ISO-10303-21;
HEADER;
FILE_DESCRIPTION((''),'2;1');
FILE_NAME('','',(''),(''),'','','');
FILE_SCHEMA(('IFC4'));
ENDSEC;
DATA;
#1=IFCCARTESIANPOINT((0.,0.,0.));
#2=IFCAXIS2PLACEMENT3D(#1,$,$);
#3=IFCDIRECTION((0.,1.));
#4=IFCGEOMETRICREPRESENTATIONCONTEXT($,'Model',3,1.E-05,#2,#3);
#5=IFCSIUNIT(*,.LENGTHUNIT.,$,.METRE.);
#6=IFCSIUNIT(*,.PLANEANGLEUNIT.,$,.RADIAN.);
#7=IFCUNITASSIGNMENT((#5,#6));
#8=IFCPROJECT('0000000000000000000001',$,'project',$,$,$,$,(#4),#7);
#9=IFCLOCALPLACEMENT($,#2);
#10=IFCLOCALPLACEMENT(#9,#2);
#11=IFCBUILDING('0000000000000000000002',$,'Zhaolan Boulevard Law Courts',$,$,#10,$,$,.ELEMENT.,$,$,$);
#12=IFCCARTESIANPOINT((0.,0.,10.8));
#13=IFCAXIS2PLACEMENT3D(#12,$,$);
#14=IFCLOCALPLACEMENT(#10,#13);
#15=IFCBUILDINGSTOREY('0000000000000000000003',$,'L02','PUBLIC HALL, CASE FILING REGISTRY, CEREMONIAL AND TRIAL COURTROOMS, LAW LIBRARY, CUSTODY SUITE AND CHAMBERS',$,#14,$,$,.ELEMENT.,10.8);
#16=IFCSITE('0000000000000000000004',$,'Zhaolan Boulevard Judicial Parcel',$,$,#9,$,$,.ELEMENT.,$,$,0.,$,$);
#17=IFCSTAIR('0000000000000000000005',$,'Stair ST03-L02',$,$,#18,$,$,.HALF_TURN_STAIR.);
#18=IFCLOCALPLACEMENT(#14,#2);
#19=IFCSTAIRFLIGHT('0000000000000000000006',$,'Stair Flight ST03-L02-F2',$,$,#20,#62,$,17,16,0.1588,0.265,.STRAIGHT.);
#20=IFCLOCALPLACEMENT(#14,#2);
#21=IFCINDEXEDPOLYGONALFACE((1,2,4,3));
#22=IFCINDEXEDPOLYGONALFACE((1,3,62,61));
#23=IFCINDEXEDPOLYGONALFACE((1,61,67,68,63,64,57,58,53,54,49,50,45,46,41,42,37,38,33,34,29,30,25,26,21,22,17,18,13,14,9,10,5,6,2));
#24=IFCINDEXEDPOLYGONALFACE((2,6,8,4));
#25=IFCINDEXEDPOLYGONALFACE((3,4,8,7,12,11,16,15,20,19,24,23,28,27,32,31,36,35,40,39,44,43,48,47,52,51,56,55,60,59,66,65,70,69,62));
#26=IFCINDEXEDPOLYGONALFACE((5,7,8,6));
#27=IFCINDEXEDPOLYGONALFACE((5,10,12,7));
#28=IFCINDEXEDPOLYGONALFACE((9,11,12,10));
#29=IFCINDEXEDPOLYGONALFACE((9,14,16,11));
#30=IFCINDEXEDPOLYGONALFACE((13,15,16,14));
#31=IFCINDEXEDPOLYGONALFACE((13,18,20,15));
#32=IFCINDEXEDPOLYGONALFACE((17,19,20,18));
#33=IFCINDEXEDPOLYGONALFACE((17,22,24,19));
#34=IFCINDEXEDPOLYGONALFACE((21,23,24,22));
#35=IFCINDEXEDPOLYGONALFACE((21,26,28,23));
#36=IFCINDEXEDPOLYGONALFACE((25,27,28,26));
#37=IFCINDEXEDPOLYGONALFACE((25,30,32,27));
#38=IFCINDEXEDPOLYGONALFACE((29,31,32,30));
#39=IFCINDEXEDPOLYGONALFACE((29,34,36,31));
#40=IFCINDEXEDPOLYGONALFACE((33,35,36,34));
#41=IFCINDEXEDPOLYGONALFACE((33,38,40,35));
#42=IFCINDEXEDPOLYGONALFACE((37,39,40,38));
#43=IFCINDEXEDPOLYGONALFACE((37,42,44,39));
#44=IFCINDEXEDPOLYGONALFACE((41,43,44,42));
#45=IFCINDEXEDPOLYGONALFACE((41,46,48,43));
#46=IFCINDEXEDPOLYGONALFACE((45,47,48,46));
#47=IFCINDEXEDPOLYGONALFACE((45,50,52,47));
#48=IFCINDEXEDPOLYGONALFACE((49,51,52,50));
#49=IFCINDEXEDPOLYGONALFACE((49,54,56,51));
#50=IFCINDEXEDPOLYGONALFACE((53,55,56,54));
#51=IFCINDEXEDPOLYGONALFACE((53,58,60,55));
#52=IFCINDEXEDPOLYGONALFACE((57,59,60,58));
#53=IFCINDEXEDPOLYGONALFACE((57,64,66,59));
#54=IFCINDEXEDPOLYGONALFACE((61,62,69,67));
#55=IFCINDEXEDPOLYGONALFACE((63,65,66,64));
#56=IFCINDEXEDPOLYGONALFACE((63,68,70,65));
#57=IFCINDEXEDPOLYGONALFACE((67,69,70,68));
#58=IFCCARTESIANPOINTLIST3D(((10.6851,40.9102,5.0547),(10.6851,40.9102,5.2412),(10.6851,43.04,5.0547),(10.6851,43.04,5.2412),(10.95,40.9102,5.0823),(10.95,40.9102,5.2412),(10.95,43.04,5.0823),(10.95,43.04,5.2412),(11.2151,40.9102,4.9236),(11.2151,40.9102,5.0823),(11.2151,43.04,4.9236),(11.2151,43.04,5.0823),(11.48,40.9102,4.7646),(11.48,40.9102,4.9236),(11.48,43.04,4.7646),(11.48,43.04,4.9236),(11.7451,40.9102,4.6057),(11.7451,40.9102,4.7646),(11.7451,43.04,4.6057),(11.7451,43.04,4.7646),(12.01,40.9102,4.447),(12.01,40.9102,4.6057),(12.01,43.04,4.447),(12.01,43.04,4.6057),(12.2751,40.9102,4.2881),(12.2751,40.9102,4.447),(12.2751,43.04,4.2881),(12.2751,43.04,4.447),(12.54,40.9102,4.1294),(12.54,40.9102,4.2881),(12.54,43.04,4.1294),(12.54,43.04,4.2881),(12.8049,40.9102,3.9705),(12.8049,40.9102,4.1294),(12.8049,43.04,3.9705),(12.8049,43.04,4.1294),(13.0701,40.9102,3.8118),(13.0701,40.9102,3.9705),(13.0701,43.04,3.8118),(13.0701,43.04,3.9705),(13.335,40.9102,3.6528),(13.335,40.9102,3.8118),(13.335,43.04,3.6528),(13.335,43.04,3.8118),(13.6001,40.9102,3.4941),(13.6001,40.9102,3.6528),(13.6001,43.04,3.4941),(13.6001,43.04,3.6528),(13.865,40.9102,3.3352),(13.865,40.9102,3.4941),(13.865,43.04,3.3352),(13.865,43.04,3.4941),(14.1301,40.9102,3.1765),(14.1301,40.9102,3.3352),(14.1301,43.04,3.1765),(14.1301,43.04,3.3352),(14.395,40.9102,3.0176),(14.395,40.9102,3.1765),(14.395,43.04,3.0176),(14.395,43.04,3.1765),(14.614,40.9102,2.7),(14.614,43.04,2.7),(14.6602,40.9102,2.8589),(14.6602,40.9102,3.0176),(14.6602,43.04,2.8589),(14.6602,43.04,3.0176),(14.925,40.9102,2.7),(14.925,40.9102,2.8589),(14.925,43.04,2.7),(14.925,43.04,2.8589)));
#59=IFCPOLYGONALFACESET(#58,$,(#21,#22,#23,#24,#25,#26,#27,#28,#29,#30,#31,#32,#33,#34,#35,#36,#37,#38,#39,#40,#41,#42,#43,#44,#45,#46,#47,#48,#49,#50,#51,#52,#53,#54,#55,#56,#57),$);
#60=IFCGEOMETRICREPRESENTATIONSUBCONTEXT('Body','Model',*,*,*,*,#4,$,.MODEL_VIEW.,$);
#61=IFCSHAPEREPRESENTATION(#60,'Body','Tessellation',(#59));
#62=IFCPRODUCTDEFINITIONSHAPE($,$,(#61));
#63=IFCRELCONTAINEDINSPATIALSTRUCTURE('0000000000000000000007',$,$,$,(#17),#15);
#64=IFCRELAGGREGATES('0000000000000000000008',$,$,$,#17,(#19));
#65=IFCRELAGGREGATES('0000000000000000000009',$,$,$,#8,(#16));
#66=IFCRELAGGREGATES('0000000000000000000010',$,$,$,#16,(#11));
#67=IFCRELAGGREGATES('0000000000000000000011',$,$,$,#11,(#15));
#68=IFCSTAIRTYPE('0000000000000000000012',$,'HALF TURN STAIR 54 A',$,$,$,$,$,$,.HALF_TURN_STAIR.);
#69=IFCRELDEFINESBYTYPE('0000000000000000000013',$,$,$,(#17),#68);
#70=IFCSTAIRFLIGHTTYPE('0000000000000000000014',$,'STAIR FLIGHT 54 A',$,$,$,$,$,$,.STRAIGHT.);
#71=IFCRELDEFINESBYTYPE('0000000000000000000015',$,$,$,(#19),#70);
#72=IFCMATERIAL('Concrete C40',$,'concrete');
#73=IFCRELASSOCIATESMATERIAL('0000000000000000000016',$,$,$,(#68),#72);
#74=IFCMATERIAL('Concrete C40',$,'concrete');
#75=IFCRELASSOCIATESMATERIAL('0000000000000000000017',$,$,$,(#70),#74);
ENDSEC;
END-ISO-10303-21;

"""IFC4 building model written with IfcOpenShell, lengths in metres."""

from ifc_helpers import new_model, si_unit, direction, frame, origin, place, context, subcontext, project, spatial, polyline, outline, extrude, material, type_object, element, aggregate, save


model = new_model("IFC4")

# Units and contexts
model_context = context("Model", 3, precision=1e-05, world=origin(), true_north=direction((0.0, 1.0)))
body_context = subcontext(model_context, "Body", "Model", "MODEL_VIEW")
ifc_project = project(units=[si_unit("LENGTHUNIT", "METRE"), si_unit("PLANEANGLEUNIT", "RADIAN")], contexts=[model_context])

# Site, building, storey
site_placement = place(None, origin())
site = spatial("IfcSite", under=ifc_project, at=site_placement, Name="Zhaolan Boulevard Judicial Parcel", CompositionType="ELEMENT", RefElevation=0.0)
building_placement = place(site_placement, origin())
building = spatial("IfcBuilding", under=site, at=building_placement, Name="Zhaolan Boulevard Law Courts", CompositionType="ELEMENT")
storey_placement = place(building_placement, frame((0.0, 0.0, 10.8)))
storey = spatial("IfcBuildingStorey", under=building, at=storey_placement, Name="L02", Description="PUBLIC HALL, CASE FILING REGISTRY, CEREMONIAL AND TRIAL COURTROOMS, LAW LIBRARY, CUSTODY SUITE AND CHAMBERS", CompositionType="ELEMENT", Elevation=10.8)

# Stair, stair flight
ifc_material_1 = material(Name="Concrete C40", Category="concrete")
stair_type = type_object("IfcStairType", Name="HALF TURN STAIR 54 A", PredefinedType="HALF_TURN_STAIR", material=ifc_material_1)
stair_placement = place(storey_placement, origin())
stair = element("IfcStair", 1, at=stair_placement, inside=storey, type_object=stair_type, Name="Stair ST03-L02", PredefinedType="HALF_TURN_STAIR")
ifc_material_2 = material(Name="Concrete C40", Category="concrete")
stair_flight_type = type_object("IfcStairFlightType", Name="STAIR FLIGHT 54 A", PredefinedType="STRAIGHT", material=ifc_material_2)
stair_flight_1_placement = place(storey_placement, frame((14.925, 41.9751, 2.7), z_axis=(0.0, 0.0, 1.0), x_axis=(-1.0, 0.0, 0.0)))
stair_flight_1 = element("IfcStairFlight", 2, at=stair_flight_1_placement, type_object=stair_flight_type, Name="Stair Flight ST03-L02-F2", NumberOfRisers=17, NumberOfTreads=16, PredefinedType="STRAIGHT", RiserHeight=0.1588, TreadLength=0.265, context=body_context, shape_type="SweptSolid", body=[
    extrude(outline(polyline([(0.0, 0.0), (0.0, 0.1589), (0.2649, 0.1589), (0.2649, 0.3176), (0.53, 0.3176), (0.53, 0.4766), (0.7949, 0.4766), (0.7949, 0.6353), (1.0601, 0.6353), (1.0601, 0.7942), (1.325, 0.7942), (1.325, 0.9529), (1.5901, 0.9529), (1.5901, 1.1118), (1.855, 1.1118), (1.855, 1.2705), (2.1201, 1.2705), (2.1201, 1.4294), (2.385, 1.4294), (2.385, 1.5881), (2.6499, 1.5881), (2.6499, 1.7471), (2.915, 1.7471), (2.915, 1.9058), (3.1799, 1.9058), (3.1799, 2.0647), (3.4451, 2.0647), (3.4451, 2.2236), (3.71, 2.2236), (3.71, 2.3823), (3.9751, 2.3823), (3.9751, 2.5413), (4.24, 2.5413), (4.24, 2.7), (4.24, 2.3547), (0.311, 0.0), (0.0, 0.0)])), frame((0.0, 1.0649, 0.0), z_axis=(0.0, -1.0, 0.0), x_axis=(1.0, 0.0, 0.0)), (0.0, 0.0, 1.0), 2.1299),
])
aggregate(stair, [stair_flight_1])

save(model, "model.ifc")
